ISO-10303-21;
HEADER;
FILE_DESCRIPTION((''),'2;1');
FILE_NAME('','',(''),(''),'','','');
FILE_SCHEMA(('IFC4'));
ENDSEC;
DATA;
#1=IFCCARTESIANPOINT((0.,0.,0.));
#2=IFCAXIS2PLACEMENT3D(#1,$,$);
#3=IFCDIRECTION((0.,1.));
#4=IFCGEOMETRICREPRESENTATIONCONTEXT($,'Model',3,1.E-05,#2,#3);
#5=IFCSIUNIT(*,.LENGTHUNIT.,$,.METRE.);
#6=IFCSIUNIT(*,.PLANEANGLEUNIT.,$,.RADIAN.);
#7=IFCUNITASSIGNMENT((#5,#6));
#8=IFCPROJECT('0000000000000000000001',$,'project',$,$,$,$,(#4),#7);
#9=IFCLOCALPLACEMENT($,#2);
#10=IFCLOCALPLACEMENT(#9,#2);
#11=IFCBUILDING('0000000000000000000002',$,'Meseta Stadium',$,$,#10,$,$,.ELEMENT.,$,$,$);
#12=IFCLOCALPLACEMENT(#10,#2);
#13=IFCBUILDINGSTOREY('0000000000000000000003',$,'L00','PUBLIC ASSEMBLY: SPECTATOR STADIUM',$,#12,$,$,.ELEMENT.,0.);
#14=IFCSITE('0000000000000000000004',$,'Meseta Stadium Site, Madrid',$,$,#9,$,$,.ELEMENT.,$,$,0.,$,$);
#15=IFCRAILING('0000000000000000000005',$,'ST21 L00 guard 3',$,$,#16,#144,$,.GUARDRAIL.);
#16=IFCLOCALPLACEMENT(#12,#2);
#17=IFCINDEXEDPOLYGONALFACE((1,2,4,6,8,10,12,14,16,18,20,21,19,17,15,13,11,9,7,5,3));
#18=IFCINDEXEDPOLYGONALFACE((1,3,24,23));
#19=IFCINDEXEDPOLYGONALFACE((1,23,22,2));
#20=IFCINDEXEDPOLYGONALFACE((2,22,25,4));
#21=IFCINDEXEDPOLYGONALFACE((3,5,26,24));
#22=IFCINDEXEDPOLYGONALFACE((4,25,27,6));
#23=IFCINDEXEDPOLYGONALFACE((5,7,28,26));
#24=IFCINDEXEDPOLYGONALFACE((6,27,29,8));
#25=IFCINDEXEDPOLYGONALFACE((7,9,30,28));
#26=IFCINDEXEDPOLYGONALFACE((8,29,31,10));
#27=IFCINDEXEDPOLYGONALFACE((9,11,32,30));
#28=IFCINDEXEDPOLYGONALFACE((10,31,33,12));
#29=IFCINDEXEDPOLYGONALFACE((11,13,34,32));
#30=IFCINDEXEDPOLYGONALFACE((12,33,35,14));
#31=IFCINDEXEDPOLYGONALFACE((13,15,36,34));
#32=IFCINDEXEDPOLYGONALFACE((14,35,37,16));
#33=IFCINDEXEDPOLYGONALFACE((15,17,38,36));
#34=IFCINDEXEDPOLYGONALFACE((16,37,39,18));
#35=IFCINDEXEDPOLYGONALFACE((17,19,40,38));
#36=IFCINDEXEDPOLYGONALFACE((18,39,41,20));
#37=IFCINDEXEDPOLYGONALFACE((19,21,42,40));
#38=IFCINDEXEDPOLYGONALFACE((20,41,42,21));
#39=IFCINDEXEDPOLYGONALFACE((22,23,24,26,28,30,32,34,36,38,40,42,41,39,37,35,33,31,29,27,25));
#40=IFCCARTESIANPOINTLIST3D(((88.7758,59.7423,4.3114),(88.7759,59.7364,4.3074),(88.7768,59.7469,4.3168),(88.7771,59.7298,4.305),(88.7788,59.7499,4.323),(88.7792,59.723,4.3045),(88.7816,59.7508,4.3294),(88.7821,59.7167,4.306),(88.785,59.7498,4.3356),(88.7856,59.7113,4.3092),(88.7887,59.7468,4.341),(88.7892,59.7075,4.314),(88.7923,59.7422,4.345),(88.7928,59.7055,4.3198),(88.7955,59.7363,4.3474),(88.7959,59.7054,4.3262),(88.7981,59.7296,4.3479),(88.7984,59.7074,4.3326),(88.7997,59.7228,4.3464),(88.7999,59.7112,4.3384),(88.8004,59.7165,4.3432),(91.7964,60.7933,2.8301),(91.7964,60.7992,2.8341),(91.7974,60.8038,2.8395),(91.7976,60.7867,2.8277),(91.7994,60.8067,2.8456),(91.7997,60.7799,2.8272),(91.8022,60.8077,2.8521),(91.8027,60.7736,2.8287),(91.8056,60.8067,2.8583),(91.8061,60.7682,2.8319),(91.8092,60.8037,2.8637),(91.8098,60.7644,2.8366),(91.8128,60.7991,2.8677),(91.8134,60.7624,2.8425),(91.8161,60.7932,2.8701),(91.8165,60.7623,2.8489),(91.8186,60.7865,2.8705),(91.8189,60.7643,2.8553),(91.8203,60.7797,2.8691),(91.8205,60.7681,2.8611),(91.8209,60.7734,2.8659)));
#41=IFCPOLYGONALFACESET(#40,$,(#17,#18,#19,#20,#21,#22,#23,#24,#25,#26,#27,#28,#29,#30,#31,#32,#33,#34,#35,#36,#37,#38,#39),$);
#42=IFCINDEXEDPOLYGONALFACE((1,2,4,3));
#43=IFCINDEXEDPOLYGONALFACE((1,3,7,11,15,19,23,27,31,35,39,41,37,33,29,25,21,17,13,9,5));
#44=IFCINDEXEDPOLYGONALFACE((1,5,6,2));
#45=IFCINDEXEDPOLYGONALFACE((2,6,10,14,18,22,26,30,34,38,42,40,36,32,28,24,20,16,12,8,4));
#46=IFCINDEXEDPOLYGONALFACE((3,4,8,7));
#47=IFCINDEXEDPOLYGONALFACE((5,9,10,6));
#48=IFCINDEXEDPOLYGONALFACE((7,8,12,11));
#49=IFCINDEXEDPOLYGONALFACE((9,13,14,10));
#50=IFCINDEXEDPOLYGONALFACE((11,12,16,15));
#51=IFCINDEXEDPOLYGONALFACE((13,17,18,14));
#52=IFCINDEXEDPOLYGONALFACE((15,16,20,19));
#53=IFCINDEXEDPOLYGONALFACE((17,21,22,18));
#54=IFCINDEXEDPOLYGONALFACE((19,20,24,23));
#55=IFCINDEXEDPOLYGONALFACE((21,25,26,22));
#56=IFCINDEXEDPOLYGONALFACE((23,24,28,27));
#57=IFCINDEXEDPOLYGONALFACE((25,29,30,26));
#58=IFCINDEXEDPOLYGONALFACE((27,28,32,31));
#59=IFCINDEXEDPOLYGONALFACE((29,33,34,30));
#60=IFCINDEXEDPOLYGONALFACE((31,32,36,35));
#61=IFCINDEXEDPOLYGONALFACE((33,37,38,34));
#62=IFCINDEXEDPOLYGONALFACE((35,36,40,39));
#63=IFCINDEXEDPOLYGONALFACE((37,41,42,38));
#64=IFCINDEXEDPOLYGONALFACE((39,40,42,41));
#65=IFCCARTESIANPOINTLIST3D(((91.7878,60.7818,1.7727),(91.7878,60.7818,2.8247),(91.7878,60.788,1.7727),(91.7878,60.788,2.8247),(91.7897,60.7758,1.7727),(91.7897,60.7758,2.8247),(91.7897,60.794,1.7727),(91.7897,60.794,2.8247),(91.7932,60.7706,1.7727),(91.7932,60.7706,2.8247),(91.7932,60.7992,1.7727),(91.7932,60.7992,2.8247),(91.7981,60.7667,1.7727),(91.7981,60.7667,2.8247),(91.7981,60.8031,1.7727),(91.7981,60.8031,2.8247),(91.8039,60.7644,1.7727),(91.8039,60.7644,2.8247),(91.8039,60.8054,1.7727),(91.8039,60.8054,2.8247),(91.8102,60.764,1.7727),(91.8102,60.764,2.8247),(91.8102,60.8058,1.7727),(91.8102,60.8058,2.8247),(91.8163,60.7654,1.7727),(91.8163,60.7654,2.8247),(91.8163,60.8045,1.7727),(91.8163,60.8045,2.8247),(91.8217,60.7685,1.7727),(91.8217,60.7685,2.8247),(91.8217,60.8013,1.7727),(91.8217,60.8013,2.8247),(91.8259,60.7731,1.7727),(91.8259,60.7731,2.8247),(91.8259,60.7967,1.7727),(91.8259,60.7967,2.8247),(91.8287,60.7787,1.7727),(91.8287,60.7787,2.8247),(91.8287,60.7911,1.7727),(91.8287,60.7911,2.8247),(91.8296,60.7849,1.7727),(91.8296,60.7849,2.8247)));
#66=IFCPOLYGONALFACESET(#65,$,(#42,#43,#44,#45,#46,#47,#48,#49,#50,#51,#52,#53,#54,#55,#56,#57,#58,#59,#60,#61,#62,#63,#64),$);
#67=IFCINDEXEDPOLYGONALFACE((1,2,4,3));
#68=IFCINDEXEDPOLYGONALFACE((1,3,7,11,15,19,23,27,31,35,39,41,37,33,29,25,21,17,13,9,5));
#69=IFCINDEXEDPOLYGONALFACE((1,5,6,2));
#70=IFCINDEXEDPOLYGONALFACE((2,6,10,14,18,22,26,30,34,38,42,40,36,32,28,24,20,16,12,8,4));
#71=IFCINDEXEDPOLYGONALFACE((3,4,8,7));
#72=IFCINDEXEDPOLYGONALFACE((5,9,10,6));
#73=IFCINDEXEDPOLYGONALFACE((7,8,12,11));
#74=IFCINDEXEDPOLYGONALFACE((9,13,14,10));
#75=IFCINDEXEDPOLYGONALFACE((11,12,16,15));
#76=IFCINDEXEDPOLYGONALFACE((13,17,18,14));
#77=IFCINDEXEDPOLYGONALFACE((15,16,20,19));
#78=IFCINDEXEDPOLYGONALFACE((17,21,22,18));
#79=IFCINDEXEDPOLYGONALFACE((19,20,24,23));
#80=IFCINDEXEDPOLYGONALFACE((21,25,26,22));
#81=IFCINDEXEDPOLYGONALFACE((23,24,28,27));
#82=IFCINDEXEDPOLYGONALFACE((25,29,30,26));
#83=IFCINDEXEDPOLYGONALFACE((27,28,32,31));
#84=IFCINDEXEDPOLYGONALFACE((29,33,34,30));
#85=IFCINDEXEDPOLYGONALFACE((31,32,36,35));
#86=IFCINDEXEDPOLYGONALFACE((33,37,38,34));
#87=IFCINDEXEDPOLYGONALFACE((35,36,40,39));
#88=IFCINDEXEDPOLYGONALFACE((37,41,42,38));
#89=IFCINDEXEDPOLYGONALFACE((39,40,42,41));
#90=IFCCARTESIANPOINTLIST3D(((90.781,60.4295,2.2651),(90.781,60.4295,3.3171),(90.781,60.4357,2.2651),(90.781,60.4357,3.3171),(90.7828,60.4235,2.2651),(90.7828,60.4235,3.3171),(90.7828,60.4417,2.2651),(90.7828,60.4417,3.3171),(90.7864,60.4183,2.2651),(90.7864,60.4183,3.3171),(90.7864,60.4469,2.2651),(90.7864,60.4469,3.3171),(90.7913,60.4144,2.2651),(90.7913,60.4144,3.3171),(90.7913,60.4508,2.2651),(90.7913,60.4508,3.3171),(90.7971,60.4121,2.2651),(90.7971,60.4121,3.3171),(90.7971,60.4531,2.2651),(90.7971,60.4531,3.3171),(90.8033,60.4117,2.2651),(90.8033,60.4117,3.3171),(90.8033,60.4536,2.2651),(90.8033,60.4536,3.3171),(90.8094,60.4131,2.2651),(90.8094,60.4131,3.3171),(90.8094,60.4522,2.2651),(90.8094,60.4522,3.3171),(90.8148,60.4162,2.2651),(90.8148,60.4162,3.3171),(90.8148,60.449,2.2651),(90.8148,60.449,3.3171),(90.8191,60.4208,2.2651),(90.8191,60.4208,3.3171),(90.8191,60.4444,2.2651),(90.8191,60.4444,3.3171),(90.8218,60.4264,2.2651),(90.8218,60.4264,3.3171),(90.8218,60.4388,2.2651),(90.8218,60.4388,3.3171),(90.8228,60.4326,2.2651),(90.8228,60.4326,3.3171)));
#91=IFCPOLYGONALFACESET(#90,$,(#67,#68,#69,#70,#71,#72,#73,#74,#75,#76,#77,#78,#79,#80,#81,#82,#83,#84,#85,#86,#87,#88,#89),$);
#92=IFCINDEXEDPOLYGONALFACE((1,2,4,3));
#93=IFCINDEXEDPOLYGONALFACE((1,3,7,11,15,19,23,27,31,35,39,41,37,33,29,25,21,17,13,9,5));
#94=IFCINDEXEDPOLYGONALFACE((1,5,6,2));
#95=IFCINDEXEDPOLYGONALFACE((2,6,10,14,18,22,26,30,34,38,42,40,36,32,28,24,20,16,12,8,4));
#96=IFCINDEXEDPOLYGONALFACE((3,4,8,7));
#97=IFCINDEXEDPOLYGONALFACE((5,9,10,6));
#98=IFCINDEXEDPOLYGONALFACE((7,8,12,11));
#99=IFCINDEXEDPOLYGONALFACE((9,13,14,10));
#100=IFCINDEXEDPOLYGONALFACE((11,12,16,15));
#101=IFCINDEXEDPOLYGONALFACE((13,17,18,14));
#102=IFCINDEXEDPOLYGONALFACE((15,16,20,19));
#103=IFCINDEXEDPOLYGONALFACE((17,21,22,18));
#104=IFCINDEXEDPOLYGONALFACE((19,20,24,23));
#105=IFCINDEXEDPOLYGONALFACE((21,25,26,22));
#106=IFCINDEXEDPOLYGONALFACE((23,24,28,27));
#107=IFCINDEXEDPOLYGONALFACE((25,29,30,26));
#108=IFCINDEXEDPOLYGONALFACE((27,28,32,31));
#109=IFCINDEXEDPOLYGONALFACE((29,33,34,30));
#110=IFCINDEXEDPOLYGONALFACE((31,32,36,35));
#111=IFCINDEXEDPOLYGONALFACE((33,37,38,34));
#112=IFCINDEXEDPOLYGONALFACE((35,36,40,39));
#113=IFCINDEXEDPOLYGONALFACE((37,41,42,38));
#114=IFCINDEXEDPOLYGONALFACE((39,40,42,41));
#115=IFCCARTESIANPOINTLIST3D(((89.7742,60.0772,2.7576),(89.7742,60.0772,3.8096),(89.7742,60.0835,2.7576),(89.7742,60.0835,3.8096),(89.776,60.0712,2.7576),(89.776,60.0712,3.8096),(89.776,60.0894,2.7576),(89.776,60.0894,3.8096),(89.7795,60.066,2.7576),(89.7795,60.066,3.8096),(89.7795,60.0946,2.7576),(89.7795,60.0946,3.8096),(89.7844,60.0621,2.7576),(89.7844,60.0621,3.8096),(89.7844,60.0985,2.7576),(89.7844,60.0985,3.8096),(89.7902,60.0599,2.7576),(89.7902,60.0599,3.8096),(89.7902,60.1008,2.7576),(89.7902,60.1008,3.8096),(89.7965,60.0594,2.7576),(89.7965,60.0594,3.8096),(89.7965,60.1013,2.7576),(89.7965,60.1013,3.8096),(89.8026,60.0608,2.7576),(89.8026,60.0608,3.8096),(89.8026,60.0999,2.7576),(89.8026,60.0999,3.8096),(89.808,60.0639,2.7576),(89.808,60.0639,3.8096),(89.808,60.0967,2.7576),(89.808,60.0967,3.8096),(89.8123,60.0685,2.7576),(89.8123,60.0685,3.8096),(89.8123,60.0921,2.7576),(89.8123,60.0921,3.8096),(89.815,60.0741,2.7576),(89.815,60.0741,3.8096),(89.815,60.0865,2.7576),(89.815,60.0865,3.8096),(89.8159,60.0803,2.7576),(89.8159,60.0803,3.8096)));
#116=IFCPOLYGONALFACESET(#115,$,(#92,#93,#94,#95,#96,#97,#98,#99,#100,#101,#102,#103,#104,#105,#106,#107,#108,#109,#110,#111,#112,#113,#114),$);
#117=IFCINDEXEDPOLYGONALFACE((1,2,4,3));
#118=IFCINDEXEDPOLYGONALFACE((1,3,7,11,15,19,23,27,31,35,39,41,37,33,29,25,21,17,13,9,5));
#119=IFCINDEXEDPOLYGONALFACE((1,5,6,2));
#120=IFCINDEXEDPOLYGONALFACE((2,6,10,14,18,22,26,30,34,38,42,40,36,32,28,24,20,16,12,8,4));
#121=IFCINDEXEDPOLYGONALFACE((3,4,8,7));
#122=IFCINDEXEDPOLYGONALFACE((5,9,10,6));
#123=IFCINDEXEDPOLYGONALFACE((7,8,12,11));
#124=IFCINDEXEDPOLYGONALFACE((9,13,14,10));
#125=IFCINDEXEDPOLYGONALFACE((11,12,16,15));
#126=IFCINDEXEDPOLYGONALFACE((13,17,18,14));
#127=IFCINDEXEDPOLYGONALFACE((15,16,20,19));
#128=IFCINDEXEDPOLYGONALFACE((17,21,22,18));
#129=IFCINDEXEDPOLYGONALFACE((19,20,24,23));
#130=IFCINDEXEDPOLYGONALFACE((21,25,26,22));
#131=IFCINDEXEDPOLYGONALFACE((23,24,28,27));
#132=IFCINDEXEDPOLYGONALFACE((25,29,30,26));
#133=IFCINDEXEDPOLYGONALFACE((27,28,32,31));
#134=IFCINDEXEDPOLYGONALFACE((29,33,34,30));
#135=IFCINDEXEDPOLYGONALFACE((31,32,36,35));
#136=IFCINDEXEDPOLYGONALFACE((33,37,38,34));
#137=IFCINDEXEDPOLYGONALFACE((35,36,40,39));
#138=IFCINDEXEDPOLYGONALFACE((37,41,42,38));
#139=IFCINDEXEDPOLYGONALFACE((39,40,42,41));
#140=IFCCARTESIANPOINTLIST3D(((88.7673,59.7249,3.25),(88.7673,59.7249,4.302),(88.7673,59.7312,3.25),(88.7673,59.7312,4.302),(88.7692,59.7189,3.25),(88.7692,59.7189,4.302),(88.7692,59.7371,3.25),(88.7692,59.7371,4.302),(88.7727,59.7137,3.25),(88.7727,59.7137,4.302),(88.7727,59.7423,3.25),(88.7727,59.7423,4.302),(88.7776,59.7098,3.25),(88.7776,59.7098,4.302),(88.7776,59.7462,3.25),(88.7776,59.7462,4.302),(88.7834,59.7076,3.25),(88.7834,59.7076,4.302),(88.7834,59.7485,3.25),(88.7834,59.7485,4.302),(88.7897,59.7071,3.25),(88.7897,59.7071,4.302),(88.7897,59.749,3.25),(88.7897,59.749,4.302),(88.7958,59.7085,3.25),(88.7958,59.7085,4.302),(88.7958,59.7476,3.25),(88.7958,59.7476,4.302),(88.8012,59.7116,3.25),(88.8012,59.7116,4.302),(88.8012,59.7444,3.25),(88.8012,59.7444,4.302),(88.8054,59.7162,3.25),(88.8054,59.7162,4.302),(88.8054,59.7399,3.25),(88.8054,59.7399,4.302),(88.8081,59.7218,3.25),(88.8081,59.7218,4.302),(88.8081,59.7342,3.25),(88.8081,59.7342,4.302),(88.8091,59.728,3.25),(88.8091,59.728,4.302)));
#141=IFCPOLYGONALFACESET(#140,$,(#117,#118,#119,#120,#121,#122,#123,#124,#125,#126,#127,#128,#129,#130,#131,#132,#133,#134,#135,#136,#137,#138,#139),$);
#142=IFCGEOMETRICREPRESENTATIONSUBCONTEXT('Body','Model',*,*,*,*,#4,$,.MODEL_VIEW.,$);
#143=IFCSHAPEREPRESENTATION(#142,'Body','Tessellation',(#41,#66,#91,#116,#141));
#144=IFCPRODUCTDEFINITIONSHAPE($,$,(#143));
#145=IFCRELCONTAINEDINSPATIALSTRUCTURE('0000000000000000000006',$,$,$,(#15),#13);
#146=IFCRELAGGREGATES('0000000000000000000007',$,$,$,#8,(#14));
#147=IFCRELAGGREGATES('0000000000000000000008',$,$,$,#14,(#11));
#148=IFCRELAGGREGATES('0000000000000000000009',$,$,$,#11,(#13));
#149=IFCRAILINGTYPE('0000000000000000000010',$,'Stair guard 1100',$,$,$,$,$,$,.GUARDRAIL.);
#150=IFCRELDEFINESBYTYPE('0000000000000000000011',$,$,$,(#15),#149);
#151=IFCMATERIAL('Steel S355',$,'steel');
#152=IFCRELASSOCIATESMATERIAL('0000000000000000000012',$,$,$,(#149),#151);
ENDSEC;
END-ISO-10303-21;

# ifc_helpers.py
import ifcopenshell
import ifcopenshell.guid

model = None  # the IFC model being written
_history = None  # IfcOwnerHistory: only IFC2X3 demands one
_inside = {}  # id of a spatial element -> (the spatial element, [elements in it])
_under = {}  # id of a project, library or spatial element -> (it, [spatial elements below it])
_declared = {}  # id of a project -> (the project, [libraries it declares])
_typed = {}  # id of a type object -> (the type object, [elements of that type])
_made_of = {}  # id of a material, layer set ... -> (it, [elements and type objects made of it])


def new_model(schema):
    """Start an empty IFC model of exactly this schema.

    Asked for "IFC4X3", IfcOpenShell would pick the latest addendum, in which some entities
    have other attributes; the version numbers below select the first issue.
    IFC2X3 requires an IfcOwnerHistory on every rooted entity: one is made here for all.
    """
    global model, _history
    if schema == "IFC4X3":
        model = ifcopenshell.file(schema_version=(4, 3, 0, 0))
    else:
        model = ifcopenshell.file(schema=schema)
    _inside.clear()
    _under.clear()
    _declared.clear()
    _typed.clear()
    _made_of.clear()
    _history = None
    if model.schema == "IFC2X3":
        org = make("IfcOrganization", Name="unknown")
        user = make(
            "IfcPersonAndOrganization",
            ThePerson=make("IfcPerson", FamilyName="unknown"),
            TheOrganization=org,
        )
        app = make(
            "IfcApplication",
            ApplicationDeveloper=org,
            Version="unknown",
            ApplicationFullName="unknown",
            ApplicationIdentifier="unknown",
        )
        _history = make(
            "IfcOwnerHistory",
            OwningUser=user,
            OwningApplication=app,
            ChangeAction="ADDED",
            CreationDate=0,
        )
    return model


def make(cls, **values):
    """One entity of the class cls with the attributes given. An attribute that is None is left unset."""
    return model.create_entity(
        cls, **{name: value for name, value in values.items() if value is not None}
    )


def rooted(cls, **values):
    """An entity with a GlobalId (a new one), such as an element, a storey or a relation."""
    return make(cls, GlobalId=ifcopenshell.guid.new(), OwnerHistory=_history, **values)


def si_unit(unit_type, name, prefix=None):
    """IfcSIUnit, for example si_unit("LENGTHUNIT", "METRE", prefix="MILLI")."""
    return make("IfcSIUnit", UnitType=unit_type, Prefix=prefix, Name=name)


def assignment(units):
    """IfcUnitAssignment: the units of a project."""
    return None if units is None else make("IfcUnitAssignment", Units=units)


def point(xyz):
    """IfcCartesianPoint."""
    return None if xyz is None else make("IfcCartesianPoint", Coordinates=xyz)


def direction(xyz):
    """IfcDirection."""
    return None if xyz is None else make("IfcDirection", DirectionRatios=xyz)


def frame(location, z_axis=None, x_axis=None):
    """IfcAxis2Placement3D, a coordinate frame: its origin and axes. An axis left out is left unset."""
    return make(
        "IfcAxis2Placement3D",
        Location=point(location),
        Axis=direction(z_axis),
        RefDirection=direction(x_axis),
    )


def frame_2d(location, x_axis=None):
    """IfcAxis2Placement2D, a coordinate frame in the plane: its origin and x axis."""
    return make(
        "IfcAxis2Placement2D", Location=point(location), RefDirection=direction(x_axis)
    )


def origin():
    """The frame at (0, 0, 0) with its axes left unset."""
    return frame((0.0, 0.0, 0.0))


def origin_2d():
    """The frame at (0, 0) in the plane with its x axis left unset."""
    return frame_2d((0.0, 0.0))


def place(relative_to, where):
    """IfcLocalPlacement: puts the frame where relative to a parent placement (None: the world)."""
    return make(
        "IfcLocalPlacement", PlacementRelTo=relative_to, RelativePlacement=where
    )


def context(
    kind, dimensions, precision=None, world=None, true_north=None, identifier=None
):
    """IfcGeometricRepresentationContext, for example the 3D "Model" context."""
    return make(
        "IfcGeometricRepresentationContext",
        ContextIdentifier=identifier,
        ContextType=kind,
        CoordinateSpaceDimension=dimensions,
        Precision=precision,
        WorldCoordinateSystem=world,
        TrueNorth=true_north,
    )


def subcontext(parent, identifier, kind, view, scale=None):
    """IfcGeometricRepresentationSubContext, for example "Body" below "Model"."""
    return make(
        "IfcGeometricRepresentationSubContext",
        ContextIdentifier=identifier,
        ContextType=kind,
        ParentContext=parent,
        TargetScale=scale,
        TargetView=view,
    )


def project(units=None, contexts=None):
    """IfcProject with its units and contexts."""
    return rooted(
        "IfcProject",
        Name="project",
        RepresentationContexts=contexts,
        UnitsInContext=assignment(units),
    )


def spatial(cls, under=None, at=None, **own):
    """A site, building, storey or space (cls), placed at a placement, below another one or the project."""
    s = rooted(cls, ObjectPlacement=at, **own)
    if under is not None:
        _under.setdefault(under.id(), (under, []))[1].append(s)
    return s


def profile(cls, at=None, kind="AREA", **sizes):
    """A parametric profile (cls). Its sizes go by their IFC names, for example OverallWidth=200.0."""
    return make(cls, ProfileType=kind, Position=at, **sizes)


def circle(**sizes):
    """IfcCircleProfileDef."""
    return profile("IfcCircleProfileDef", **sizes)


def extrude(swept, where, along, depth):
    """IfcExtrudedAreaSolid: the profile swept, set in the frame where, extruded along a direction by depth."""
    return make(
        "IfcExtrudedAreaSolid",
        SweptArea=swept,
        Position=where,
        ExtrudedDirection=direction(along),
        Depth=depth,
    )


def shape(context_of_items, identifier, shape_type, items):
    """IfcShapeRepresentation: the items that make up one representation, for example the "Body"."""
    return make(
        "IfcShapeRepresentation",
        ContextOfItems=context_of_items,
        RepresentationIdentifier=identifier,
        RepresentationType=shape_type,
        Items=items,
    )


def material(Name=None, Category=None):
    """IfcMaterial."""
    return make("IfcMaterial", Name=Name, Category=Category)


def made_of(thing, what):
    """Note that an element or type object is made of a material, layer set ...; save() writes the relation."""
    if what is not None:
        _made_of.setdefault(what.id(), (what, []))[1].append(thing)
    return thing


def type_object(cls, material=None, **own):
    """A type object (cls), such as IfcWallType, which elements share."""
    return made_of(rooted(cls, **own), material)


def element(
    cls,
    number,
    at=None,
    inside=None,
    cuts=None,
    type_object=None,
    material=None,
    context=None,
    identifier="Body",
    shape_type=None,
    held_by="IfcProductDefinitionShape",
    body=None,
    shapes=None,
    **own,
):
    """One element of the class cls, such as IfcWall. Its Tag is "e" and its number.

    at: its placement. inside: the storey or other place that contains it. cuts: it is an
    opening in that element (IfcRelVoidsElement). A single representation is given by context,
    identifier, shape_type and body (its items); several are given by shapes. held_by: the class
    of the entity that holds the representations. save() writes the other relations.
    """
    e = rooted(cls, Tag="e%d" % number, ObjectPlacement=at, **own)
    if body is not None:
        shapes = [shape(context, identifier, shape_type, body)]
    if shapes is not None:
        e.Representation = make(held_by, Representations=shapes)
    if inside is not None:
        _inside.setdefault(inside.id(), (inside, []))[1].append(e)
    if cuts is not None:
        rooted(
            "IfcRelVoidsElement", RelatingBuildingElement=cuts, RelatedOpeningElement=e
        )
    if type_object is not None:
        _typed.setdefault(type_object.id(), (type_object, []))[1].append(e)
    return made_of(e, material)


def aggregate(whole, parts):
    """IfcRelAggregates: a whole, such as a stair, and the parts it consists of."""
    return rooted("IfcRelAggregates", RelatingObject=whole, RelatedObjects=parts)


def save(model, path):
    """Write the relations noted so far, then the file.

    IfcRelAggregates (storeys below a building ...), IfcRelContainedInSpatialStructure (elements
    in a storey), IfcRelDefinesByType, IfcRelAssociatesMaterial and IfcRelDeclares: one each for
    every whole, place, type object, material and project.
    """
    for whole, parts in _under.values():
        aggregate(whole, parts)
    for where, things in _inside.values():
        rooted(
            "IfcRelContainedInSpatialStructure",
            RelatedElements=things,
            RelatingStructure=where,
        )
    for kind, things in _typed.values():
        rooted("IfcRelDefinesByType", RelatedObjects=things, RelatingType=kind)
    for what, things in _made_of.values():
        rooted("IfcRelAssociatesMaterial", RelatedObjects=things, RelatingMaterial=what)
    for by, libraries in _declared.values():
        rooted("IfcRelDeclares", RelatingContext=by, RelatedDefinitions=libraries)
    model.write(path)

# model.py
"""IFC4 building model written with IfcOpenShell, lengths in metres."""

from ifc_helpers import new_model, si_unit, direction, frame, origin, origin_2d, place, context, subcontext, project, spatial, circle, extrude, material, type_object, element, save


model = new_model("IFC4")

# Units and contexts
model_context = context("Model", 3, precision=1e-05, world=origin(), true_north=direction((0.0, 1.0)))
body_context = subcontext(model_context, "Body", "Model", "MODEL_VIEW")
ifc_project = project(units=[si_unit("LENGTHUNIT", "METRE"), si_unit("PLANEANGLEUNIT", "RADIAN")], contexts=[model_context])

# Site, building, storey
site_placement = place(None, origin())
site = spatial("IfcSite", under=ifc_project, at=site_placement, Name="Meseta Stadium Site, Madrid", CompositionType="ELEMENT", RefElevation=0.0)
building_placement = place(site_placement, origin())
building = spatial("IfcBuilding", under=site, at=building_placement, Name="Meseta Stadium", CompositionType="ELEMENT")
storey_placement = place(building_placement, origin())
storey = spatial("IfcBuildingStorey", under=building, at=storey_placement, Name="L00", Description="PUBLIC ASSEMBLY: SPECTATOR STADIUM", CompositionType="ELEMENT", Elevation=0.0)

# Railing
ifc_material_1 = material(Name="Steel S355", Category="steel")
railing_type_1 = type_object("IfcRailingType", Name="Stair guard 1100", PredefinedType="GUARDRAIL", material=ifc_material_1)
railing_1_placement = place(storey_placement, frame((91.8086, 60.7849, 1.7727)))
element("IfcRailing", 1, at=railing_1_placement, inside=storey, type_object=railing_type_1, Name="ST21 L00 guard 3", PredefinedType="GUARDRAIL", context=body_context, shape_type="SweptSolid", body=[
    extrude(circle(Radius=0.0239, at=origin_2d()), frame((0.0, 0.0, 1.0762), z_axis=(-0.856977, -0.299859, 0.419137), x_axis=(0.330269, -0.943887, 0.0)), (0.0, 0.0, 1.0), 3.5247),
    extrude(circle(Radius=0.021, at=origin_2d()), origin(), (0.0, 0.0, 1.0), 1.052),
    extrude(circle(Radius=0.021, at=origin_2d()), frame((-1.0068, -0.3523, 0.4924)), (0.0, 0.0, 1.0), 1.052),
    extrude(circle(Radius=0.021, at=origin_2d()), frame((-2.0137, -0.7046, 0.9849)), (0.0, 0.0, 1.0), 1.052),
    extrude(circle(Radius=0.021, at=origin_2d()), frame((-3.0205, -1.0569, 1.4773)), (0.0, 0.0, 1.0), 1.052),
])

save(model, "model.ifc")
